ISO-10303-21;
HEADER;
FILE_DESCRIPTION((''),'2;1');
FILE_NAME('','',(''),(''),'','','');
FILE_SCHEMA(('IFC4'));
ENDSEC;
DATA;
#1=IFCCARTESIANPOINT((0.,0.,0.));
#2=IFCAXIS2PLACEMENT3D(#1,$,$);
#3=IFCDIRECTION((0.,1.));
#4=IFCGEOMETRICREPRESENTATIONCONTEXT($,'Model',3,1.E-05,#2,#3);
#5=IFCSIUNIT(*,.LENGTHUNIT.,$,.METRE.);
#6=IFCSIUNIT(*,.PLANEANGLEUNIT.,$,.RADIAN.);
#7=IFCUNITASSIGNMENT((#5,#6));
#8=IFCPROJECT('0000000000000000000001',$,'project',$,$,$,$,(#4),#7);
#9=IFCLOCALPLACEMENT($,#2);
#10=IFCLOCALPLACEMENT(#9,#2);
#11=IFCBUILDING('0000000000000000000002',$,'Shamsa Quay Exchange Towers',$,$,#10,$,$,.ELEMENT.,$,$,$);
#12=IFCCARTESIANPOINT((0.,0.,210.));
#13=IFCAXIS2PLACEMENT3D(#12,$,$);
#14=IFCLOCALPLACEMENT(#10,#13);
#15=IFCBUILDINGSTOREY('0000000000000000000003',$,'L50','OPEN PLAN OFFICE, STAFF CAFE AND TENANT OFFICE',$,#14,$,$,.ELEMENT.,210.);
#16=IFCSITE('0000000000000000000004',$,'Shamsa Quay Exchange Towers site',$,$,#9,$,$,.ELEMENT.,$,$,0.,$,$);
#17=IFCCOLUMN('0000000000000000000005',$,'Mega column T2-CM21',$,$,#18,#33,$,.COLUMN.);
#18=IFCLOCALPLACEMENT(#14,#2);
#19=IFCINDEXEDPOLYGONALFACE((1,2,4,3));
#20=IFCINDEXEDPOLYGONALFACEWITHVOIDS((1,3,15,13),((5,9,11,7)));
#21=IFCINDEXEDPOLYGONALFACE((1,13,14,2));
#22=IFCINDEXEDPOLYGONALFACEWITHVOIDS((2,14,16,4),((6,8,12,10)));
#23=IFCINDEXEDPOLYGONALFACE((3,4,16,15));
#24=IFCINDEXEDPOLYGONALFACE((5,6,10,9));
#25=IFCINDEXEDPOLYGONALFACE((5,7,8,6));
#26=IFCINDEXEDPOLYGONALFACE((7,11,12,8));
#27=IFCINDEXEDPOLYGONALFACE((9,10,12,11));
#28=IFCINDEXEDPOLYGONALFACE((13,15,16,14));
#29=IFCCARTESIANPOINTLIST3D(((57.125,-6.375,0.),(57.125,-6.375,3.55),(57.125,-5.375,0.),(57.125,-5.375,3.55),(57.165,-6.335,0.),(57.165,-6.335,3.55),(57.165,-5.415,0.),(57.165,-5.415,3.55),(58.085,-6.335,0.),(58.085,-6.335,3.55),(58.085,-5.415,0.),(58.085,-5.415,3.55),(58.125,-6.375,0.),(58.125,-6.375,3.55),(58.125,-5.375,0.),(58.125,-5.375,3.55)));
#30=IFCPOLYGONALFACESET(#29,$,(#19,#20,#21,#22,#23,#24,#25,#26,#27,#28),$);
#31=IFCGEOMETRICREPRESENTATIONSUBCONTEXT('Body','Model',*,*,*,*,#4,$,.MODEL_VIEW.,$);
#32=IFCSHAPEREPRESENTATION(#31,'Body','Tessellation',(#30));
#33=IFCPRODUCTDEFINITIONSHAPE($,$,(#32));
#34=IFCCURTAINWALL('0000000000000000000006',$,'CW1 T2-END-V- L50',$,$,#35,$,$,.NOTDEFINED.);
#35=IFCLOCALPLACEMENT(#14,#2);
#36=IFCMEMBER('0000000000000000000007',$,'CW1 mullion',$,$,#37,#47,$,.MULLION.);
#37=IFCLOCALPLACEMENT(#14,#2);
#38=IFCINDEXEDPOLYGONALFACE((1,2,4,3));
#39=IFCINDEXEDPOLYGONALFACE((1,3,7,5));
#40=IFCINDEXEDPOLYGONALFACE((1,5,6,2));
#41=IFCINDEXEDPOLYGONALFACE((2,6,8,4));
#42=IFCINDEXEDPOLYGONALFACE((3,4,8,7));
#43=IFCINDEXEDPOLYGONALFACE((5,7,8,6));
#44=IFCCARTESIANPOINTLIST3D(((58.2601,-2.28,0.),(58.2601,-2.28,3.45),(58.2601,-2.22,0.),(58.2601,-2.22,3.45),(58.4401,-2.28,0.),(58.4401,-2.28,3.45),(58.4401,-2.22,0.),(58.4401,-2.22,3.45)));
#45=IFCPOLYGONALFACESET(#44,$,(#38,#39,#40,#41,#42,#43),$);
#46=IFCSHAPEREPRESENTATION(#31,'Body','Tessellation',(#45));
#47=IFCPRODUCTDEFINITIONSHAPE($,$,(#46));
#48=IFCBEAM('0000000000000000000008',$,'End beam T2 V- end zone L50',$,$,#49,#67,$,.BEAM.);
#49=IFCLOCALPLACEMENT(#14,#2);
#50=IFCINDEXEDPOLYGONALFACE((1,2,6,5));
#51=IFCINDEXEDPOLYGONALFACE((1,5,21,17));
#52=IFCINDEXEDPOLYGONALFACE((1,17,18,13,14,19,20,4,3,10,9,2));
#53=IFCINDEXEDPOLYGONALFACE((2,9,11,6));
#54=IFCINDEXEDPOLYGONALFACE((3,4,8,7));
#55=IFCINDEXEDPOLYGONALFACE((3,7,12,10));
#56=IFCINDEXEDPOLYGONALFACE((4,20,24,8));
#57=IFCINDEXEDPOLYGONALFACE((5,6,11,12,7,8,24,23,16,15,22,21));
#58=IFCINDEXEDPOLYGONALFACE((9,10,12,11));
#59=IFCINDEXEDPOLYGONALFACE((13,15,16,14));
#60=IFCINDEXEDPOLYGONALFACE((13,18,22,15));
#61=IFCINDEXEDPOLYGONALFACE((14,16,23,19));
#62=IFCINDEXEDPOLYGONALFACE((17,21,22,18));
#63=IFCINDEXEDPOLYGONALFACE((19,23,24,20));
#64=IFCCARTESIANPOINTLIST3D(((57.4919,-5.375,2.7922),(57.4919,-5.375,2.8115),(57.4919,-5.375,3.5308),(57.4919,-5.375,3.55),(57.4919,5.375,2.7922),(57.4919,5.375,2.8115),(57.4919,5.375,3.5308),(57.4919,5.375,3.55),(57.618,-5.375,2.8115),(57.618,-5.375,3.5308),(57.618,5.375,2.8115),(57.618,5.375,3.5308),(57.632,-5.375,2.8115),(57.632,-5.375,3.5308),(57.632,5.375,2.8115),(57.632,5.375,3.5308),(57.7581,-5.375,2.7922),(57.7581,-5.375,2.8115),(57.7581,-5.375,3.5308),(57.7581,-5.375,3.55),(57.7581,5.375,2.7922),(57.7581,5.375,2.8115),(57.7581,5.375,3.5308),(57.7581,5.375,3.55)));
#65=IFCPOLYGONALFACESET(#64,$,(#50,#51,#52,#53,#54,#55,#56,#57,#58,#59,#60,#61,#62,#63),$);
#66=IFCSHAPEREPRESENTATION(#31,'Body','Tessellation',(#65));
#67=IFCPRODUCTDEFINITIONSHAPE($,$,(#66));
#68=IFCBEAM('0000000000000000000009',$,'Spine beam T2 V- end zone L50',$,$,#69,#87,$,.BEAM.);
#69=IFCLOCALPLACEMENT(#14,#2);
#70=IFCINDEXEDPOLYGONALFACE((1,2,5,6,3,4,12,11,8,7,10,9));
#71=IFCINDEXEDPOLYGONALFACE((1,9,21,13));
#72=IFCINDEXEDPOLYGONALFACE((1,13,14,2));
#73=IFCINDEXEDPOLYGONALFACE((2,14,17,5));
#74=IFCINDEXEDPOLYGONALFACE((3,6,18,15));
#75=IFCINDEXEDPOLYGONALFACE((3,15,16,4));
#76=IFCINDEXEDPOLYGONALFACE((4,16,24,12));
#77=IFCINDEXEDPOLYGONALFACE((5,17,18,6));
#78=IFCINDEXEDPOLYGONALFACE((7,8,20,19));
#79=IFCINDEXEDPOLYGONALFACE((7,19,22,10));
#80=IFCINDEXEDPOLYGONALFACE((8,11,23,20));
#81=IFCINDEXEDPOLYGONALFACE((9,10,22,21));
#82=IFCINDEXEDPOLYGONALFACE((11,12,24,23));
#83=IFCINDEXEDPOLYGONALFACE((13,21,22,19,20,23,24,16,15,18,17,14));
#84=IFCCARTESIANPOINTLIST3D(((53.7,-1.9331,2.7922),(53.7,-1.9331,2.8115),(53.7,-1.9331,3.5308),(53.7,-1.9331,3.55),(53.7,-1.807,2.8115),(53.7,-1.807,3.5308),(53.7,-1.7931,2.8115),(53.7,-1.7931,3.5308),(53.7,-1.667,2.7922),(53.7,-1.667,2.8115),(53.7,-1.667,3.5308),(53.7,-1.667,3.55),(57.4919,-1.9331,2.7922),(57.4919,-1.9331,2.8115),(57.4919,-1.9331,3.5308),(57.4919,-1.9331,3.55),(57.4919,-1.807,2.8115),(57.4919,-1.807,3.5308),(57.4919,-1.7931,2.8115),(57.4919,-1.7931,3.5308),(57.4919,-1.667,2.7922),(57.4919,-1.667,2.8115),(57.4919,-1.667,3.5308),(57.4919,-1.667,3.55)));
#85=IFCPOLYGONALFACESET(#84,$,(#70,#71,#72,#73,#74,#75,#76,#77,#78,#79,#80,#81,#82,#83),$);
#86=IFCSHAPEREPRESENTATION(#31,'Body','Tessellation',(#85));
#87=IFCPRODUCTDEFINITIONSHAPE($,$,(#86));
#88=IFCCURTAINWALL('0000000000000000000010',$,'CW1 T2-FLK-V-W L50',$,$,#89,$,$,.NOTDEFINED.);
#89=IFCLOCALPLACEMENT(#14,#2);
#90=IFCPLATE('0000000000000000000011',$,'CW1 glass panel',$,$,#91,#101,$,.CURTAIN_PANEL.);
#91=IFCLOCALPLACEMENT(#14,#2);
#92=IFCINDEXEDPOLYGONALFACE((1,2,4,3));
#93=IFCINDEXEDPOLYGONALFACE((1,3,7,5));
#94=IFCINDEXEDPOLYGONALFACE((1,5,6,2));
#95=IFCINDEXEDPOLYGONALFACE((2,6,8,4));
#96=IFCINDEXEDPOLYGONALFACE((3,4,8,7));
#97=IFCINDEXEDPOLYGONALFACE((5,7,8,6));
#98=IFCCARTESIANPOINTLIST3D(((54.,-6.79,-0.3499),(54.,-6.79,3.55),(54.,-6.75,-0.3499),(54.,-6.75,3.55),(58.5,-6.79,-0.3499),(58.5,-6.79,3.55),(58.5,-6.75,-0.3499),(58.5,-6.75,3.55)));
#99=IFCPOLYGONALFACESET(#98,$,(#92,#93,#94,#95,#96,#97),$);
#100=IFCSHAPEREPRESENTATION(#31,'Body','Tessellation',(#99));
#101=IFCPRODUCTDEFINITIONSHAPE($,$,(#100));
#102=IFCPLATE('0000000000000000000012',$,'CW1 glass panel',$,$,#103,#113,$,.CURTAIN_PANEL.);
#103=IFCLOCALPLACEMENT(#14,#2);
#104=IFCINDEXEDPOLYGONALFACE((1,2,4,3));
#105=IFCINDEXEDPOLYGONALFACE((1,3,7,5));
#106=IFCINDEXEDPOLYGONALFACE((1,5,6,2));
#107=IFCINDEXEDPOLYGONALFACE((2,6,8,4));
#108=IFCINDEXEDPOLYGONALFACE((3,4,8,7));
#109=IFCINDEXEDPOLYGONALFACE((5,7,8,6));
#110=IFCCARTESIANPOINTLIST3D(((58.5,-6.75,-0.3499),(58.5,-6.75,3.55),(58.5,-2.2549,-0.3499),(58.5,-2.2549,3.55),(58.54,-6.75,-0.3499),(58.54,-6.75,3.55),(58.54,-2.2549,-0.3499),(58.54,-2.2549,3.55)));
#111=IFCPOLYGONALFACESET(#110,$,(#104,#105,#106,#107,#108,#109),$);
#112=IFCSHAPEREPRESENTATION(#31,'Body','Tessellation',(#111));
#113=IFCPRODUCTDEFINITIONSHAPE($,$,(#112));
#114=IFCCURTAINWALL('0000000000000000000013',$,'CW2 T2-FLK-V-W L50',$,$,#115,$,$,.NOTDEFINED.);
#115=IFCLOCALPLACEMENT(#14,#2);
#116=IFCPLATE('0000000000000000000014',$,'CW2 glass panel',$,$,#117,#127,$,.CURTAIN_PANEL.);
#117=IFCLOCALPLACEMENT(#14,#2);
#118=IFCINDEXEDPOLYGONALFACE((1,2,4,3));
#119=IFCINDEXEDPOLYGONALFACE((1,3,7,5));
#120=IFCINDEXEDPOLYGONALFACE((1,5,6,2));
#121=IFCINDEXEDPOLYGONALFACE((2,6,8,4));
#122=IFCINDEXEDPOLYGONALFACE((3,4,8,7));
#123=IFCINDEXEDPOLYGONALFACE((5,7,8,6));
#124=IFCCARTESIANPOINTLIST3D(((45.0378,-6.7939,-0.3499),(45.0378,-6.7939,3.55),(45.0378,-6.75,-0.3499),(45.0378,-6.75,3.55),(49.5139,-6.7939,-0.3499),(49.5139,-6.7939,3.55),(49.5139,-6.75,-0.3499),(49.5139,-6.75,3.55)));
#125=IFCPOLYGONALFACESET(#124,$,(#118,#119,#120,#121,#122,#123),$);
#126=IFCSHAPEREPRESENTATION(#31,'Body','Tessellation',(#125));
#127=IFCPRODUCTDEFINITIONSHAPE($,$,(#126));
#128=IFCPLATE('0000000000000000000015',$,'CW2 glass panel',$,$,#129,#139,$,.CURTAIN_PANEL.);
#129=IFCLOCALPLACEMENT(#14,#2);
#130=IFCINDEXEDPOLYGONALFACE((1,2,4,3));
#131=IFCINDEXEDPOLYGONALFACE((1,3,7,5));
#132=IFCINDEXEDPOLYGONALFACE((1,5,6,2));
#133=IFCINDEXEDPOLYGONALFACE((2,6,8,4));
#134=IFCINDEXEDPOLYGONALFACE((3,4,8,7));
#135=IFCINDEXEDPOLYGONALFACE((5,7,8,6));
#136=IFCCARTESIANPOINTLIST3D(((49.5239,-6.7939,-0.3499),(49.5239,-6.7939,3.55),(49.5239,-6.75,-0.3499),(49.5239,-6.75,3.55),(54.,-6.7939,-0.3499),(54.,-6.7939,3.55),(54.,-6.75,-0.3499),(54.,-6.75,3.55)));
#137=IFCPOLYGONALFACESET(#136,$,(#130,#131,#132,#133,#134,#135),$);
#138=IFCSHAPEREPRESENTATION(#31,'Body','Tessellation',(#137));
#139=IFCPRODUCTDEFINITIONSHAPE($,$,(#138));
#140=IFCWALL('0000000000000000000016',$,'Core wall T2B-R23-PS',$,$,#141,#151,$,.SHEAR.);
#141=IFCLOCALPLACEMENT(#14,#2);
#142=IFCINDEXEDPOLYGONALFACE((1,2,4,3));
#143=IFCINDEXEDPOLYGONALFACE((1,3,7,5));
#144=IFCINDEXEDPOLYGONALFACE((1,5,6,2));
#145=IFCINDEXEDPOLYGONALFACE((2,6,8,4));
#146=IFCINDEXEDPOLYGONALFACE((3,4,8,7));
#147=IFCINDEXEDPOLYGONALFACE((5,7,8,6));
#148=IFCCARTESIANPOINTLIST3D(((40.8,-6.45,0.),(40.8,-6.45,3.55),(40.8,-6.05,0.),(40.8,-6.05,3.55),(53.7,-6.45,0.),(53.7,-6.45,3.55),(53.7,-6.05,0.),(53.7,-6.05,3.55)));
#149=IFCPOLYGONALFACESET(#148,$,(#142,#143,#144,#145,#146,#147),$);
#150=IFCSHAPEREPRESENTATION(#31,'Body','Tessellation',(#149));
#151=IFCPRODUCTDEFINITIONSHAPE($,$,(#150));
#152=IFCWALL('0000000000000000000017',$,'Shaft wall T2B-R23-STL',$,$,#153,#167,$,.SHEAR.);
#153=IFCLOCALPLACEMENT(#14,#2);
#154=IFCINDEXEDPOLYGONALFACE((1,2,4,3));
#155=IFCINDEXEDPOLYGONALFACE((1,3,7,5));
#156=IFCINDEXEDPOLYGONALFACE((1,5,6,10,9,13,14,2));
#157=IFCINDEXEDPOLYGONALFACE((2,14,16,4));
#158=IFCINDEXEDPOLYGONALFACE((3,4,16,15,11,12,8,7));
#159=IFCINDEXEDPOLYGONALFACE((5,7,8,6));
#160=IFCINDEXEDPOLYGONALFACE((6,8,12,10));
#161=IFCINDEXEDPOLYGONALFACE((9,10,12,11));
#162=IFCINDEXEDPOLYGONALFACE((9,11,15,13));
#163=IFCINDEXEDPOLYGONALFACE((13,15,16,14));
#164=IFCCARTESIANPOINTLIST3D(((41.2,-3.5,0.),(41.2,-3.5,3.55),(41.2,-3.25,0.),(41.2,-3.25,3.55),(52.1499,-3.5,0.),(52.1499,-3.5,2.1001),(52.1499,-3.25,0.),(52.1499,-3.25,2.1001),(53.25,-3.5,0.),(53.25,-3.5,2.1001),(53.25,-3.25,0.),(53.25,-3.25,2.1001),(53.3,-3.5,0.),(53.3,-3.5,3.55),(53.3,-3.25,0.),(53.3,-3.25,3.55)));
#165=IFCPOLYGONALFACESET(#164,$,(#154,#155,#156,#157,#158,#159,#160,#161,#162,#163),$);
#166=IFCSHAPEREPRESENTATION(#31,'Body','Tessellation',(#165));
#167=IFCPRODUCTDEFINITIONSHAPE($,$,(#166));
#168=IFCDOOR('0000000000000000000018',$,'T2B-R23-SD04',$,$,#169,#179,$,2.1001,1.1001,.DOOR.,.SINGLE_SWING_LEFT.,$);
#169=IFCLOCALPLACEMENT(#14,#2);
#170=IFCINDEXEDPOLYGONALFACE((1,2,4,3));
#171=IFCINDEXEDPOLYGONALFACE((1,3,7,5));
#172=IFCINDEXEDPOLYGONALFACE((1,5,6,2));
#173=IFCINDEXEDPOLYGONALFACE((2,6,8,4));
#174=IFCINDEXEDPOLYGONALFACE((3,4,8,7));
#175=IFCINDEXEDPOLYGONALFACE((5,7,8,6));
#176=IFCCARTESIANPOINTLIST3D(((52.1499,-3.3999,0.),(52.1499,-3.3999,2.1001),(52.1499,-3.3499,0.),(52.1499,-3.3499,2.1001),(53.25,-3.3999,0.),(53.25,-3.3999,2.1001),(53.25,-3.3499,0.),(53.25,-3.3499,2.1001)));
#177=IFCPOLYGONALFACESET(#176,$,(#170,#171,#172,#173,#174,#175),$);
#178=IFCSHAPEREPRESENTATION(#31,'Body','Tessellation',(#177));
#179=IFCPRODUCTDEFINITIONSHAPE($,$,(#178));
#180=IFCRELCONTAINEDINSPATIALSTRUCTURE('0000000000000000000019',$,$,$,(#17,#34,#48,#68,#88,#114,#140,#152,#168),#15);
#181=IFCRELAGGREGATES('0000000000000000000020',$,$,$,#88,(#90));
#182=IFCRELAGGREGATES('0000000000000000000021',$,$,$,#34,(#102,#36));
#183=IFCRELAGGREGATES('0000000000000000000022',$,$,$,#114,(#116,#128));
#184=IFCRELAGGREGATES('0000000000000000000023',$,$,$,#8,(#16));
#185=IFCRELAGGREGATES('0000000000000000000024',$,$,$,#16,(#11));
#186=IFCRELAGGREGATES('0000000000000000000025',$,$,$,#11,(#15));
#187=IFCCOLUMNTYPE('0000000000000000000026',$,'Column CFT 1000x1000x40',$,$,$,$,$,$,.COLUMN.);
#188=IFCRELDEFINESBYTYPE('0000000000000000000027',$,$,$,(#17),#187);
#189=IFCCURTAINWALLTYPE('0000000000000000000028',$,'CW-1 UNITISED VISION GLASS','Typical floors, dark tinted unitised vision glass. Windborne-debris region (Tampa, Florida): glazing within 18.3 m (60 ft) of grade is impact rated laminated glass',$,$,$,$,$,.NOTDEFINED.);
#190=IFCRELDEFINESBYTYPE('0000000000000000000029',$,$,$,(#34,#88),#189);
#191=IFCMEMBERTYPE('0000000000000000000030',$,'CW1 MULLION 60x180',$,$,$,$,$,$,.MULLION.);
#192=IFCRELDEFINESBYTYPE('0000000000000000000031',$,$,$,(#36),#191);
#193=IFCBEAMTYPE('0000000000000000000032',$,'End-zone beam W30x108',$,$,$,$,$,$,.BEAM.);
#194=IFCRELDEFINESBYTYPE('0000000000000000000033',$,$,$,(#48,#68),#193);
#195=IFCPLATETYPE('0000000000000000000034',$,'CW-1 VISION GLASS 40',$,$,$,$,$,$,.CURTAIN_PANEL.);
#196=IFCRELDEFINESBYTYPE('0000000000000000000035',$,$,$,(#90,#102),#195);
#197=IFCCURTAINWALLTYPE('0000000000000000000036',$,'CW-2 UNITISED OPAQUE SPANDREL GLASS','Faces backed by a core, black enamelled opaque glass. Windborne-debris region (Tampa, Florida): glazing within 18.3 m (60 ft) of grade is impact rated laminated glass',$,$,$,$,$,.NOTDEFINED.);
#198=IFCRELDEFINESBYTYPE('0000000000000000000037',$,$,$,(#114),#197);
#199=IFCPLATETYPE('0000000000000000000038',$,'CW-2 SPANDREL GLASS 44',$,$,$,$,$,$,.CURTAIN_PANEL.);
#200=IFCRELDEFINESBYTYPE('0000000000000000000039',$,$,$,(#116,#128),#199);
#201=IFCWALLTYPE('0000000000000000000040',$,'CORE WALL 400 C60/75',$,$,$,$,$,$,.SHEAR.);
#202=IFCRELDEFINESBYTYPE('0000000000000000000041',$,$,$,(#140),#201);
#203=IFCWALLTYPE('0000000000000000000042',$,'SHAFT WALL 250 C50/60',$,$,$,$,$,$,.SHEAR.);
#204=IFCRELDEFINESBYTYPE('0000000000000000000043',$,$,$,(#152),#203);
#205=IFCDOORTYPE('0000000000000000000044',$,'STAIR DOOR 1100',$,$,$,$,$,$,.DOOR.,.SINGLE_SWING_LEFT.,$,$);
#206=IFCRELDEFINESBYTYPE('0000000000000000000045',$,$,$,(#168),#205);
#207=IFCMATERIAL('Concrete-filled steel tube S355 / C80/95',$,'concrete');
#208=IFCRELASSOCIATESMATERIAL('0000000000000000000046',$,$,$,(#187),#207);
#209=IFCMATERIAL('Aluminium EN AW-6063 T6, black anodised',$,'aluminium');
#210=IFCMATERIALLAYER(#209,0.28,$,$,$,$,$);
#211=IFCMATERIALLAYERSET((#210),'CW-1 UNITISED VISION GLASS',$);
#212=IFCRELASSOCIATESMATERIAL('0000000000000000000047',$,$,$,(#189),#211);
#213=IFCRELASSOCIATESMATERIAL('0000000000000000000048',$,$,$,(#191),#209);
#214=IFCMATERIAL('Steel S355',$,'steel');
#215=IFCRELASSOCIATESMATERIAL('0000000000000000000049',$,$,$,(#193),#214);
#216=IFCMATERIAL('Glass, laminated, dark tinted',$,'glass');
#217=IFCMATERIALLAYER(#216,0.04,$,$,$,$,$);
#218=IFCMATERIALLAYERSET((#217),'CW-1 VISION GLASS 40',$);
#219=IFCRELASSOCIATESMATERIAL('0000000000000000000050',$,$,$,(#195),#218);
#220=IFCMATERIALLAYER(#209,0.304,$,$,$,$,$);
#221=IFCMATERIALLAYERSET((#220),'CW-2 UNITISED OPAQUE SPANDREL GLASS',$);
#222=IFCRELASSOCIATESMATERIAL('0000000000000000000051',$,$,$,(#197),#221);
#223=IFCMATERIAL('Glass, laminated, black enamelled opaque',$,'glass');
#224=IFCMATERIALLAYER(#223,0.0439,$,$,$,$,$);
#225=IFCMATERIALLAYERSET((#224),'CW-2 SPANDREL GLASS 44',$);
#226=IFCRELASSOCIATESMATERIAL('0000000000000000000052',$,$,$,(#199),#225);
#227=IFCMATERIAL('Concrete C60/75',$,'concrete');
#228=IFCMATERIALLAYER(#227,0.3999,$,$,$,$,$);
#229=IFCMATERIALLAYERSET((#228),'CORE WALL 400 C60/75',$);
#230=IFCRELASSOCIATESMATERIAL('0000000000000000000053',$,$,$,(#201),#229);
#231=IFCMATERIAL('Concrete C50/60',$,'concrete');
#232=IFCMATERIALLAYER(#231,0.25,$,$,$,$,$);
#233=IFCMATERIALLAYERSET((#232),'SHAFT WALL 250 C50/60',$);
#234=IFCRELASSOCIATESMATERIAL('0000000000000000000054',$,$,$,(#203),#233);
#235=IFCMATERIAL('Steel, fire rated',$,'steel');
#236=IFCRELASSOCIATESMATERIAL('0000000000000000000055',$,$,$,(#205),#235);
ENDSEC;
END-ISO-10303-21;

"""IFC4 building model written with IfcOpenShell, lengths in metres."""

from ifc_helpers import new_model, si_unit, direction, frame, frame_2d, origin, origin_2d, place, context, subcontext, project, spatial, rectangle, hollow_rectangle, i_section, extrude, material, layer, layer_set, material_profile, profile_set, type_object, element, fill, aggregate, save


model = new_model("IFC4")

# Units and contexts
model_context = context("Model", 3, precision=1e-05, world=origin(), true_north=direction((0.0, 1.0)))
body_context = subcontext(model_context, "Body", "Model", "MODEL_VIEW")
ifc_project = project(units=[si_unit("LENGTHUNIT", "METRE"), si_unit("PLANEANGLEUNIT", "RADIAN")], contexts=[model_context])

# Site, building, storey
site_placement = place(None, origin())
site = spatial("IfcSite", under=ifc_project, at=site_placement, Name="Shamsa Quay Exchange Towers site", CompositionType="ELEMENT", RefElevation=0.0)
building_placement = place(site_placement, origin())
building = spatial("IfcBuilding", under=site, at=building_placement, Name="Shamsa Quay Exchange Towers", CompositionType="ELEMENT")
storey_placement = place(building_placement, frame((0.0, 0.0, 210.0)))
storey = spatial("IfcBuildingStorey", under=building, at=storey_placement, Name="L50", Description="OPEN PLAN OFFICE, STAFF CAFE AND TENANT OFFICE", CompositionType="ELEMENT", Elevation=210.0)

# Column
ifc_material_1 = material(Name="Concrete-filled steel tube S355 / C80/95", Category="concrete")
ifc_material_profile_1 = material_profile(ifc_material_1, hollow_rectangle(XDim=1.0, YDim=1.0, WallThickness=0.04, at=origin_2d()), Name="CFT 1000x1000x40")
ifc_profile_set_1 = profile_set([ifc_material_profile_1], Name="Concrete-filled steel tube S355 / C80/95")
column_type = type_object("IfcColumnType", Name="Column CFT 1000x1000x40", PredefinedType="COLUMN", material=ifc_profile_set_1)
column_placement = place(storey_placement, frame((57.625, -5.875, 0.0)))
element("IfcColumn", 1, at=column_placement, inside=storey, type_object=column_type, Name="Mega column T2-CM21", PredefinedType="COLUMN", context=body_context, shape_type="SweptSolid", body=[
    extrude(hollow_rectangle(XDim=1.0, YDim=1.0, WallThickness=0.04, at=origin_2d()), origin(), (0.0, 0.0, 1.0), 3.55),
])

# Curtain wall, member
ifc_material_2 = material(Name="Aluminium EN AW-6063 T6, black anodised", Category="aluminium")
ifc_layer_1 = layer(ifc_material_2, 0.28)
ifc_layer_set_1 = layer_set([ifc_layer_1], Name="CW-1 UNITISED VISION GLASS")
curtain_wall_type_1 = type_object("IfcCurtainWallType", Name="CW-1 UNITISED VISION GLASS", Description="Typical floors, dark tinted unitised vision glass. Windborne-debris region (Tampa, Florida): glazing within 18.3 m (60 ft) of grade is impact rated laminated glass", PredefinedType="NOTDEFINED", material=ifc_layer_set_1)
curtain_wall_1_placement = place(storey_placement, origin())
curtain_wall_1 = element("IfcCurtainWall", 2, at=curtain_wall_1_placement, inside=storey, type_object=curtain_wall_type_1, Name="CW1 T2-END-V- L50", PredefinedType="NOTDEFINED")
ifc_material_profile_2 = material_profile(ifc_material_2, rectangle(XDim=0.1799, YDim=0.0601, at=origin_2d()), Name="MU60x180")
ifc_profile_set_2 = profile_set([ifc_material_profile_2], Name="Aluminium EN AW-6063 T6, black anodised")
member_type = type_object("IfcMemberType", Name="CW1 MULLION 60x180", PredefinedType="MULLION", material=ifc_profile_set_2)
member_placement = place(storey_placement, frame((58.3501, -2.25, 0.0), z_axis=(0.0, 0.0, 1.0), x_axis=(-1.0, 0.0, 0.0)))
member = element("IfcMember", 3, at=member_placement, type_object=member_type, Name="CW1 mullion", PredefinedType="MULLION", context=body_context, shape_type="SweptSolid", body=[
    extrude(rectangle(XDim=0.1799, YDim=0.0601, at=origin_2d()), origin(), (0.0, 0.0, 1.0), 3.45),
])

# Beams
ifc_material_3 = material(Name="Steel S355", Category="steel")
ifc_material_profile_3 = material_profile(ifc_material_3, i_section(OverallWidth=0.2661, OverallDepth=0.7578, WebThickness=0.0139, FlangeThickness=0.0193, at=origin_2d()), Name="W30x108")
ifc_profile_set_3 = profile_set([ifc_material_profile_3], Name="Steel S355")
beam_type = type_object("IfcBeamType", Name="End-zone beam W30x108", PredefinedType="BEAM", material=ifc_profile_set_3)
beam_1_placement = place(storey_placement, frame((57.625, -5.375, 3.1711), z_axis=(0.0, 1.0, 0.0), x_axis=(-1.0, 0.0, 0.0)))
element("IfcBeam", 4, at=beam_1_placement, inside=storey, type_object=beam_type, Name="End beam T2 V- end zone L50", PredefinedType="BEAM", context=body_context, shape_type="SweptSolid", body=[
    extrude(i_section(OverallWidth=0.2661, OverallDepth=0.7578, WebThickness=0.0139, FlangeThickness=0.0193, at=origin_2d()), origin(), (0.0, 0.0, 1.0), 10.75),
])
beam_2_placement = place(storey_placement, frame((53.7, -1.8, 3.1711), z_axis=(1.0, 0.0, 0.0), x_axis=(0.0, 1.0, 0.0)))
element("IfcBeam", 5, at=beam_2_placement, inside=storey, type_object=beam_type, Name="Spine beam T2 V- end zone L50", PredefinedType="BEAM", context=body_context, shape_type="SweptSolid", body=[
    extrude(i_section(OverallWidth=0.2661, OverallDepth=0.7578, WebThickness=0.0139, FlangeThickness=0.0193, at=origin_2d()), origin(), (0.0, 0.0, 1.0), 3.792),
])

# Curtain wall, plate
curtain_wall_2_placement = place(storey_placement, origin())
curtain_wall_2 = element("IfcCurtainWall", 6, at=curtain_wall_2_placement, inside=storey, type_object=curtain_wall_type_1, Name="CW1 T2-FLK-V-W L50", PredefinedType="NOTDEFINED")
ifc_material_4 = material(Name="Glass, laminated, dark tinted", Category="glass")
ifc_layer_2 = layer(ifc_material_4, 0.04)
ifc_layer_set_2 = layer_set([ifc_layer_2], Name="CW-1 VISION GLASS 40")
plate_type_1 = type_object("IfcPlateType", Name="CW-1 VISION GLASS 40", PredefinedType="CURTAIN_PANEL", material=ifc_layer_set_2)
plate_1_placement = place(storey_placement, frame((56.25, -6.77, -0.3499)))
plate_1 = element("IfcPlate", 7, at=plate_1_placement, type_object=plate_type_1, Name="CW1 glass panel", PredefinedType="CURTAIN_PANEL", context=body_context, shape_type="SweptSolid", body=[
    extrude(rectangle(XDim=4.5, YDim=0.04, at=origin_2d()), origin(), (0.0, 0.0, 1.0), 3.8999),
])
aggregate(curtain_wall_2, [plate_1])

# Plate
plate_2_placement = place(storey_placement, frame((58.52, -4.5024, -0.3499), z_axis=(0.0, 0.0, 1.0), x_axis=(0.0, 1.0, 0.0)))
plate_2 = element("IfcPlate", 8, at=plate_2_placement, type_object=plate_type_1, Name="CW1 glass panel", PredefinedType="CURTAIN_PANEL", context=body_context, shape_type="SweptSolid", body=[
    extrude(rectangle(XDim=4.4951, YDim=0.04, at=origin_2d()), origin(), (0.0, 0.0, 1.0), 3.8999),
])
aggregate(curtain_wall_1, [plate_2, member])

# Curtain wall, plates
ifc_layer_3 = layer(ifc_material_2, 0.304)
ifc_layer_set_3 = layer_set([ifc_layer_3], Name="CW-2 UNITISED OPAQUE SPANDREL GLASS")
curtain_wall_type_2 = type_object("IfcCurtainWallType", Name="CW-2 UNITISED OPAQUE SPANDREL GLASS", Description="Faces backed by a core, black enamelled opaque glass. Windborne-debris region (Tampa, Florida): glazing within 18.3 m (60 ft) of grade is impact rated laminated glass", PredefinedType="NOTDEFINED", material=ifc_layer_set_3)
curtain_wall_3_placement = place(storey_placement, origin())
curtain_wall_3 = element("IfcCurtainWall", 9, at=curtain_wall_3_placement, inside=storey, type_object=curtain_wall_type_2, Name="CW2 T2-FLK-V-W L50", PredefinedType="NOTDEFINED")
ifc_material_5 = material(Name="Glass, laminated, black enamelled opaque", Category="glass")
ifc_layer_4 = layer(ifc_material_5, 0.0439)
ifc_layer_set_4 = layer_set([ifc_layer_4], Name="CW-2 SPANDREL GLASS 44")
plate_type_2 = type_object("IfcPlateType", Name="CW-2 SPANDREL GLASS 44", PredefinedType="CURTAIN_PANEL", material=ifc_layer_set_4)
plate_3_placement = place(storey_placement, frame((47.2759, -6.772, -0.3499)))
plate_3 = element("IfcPlate", 10, at=plate_3_placement, type_object=plate_type_2, Name="CW2 glass panel", PredefinedType="CURTAIN_PANEL", context=body_context, shape_type="SweptSolid", body=[
    extrude(rectangle(XDim=4.4761, YDim=0.0439, at=origin_2d()), origin(), (0.0, 0.0, 1.0), 3.8999),
])
plate_4_placement = place(storey_placement, frame((51.762, -6.772, -0.3499)))
plate_4 = element("IfcPlate", 11, at=plate_4_placement, type_object=plate_type_2, Name="CW2 glass panel", PredefinedType="CURTAIN_PANEL", context=body_context, shape_type="SweptSolid", body=[
    extrude(rectangle(XDim=4.4761, YDim=0.0439, at=origin_2d()), origin(), (0.0, 0.0, 1.0), 3.8999),
])
aggregate(curtain_wall_3, [plate_3, plate_4])

# Wall
ifc_material_6 = material(Name="Concrete C60/75", Category="concrete")
ifc_layer_5 = layer(ifc_material_6, 0.3999)
ifc_layer_set_5 = layer_set([ifc_layer_5], Name="CORE WALL 400 C60/75")
wall_type_1 = type_object("IfcWallType", Name="CORE WALL 400 C60/75", PredefinedType="SHEAR", material=ifc_layer_set_5)
wall_1_placement = place(storey_placement, frame((53.7, -6.25, 0.0), z_axis=(0.0, 0.0, 1.0), x_axis=(-1.0, 0.0, 0.0)))
element("IfcWall", 12, at=wall_1_placement, inside=storey, type_object=wall_type_1, Name="Core wall T2B-R23-PS", PredefinedType="SHEAR", context=body_context, shape_type="SweptSolid", body=[
    extrude(rectangle(XDim=12.8999, YDim=0.3999, at=frame_2d((6.45, 0.0))), origin(), (0.0, 0.0, 1.0), 3.55),
])

# Wall, opening, door
ifc_material_7 = material(Name="Steel, fire rated", Category="steel")
ifc_material_8 = material(Name="Concrete C50/60", Category="concrete")
ifc_layer_6 = layer(ifc_material_8, 0.25)
ifc_layer_set_6 = layer_set([ifc_layer_6], Name="SHAFT WALL 250 C50/60")
wall_type_2 = type_object("IfcWallType", Name="SHAFT WALL 250 C50/60", PredefinedType="SHEAR", material=ifc_layer_set_6)
wall_2_placement = place(storey_placement, frame((53.3, -3.375, 0.0), z_axis=(0.0, 0.0, 1.0), x_axis=(-1.0, 0.0, 0.0)))
wall_2 = element("IfcWall", 13, at=wall_2_placement, inside=storey, type_object=wall_type_2, Name="Shaft wall T2B-R23-STL", PredefinedType="SHEAR", context=body_context, shape_type="SweptSolid", body=[
    extrude(rectangle(XDim=12.1001, YDim=0.25, at=frame_2d((6.05, 0.0))), origin(), (0.0, 0.0, 1.0), 3.55),
])
opening_1_placement = place(wall_2_placement, frame((0.05, 0.0, 0.0)))
opening_1 = element("IfcOpeningElement", 14, at=opening_1_placement, cuts=wall_2, PredefinedType="OPENING", context=body_context, shape_type="SweptSolid", body=[
    extrude(rectangle(XDim=1.1001, YDim=2.1001, at=frame_2d((0.55, 1.05))), frame((0.0, 0.135, 0.0), z_axis=(0.0, -1.0, 0.0), x_axis=(1.0, 0.0, 0.0)), (0.0, 0.0, 1.0), 0.27),
])
door_type_1 = type_object("IfcDoorType", Name="STAIR DOOR 1100", OperationType="SINGLE_SWING_LEFT", PredefinedType="DOOR", material=ifc_material_7)
door_1_placement = place(opening_1_placement, origin())
door_1 = element("IfcDoor", 15, at=door_1_placement, inside=storey, type_object=door_type_1, Name="T2B-R23-SD04", OperationType="SINGLE_SWING_LEFT", OverallHeight=2.1001, OverallWidth=1.1001, PredefinedType="DOOR", context=body_context, shape_type="SweptSolid", body=[
    extrude(rectangle(XDim=1.1001, YDim=2.1001, at=frame_2d((0.55, 1.05))), frame((0.0, 0.0249, 0.0), z_axis=(0.0, -1.0, 0.0), x_axis=(1.0, 0.0, 0.0)), (0.0, 0.0, 1.0), 0.05),
])
fill(opening_1, door_1)

save(model, "model.ifc")
